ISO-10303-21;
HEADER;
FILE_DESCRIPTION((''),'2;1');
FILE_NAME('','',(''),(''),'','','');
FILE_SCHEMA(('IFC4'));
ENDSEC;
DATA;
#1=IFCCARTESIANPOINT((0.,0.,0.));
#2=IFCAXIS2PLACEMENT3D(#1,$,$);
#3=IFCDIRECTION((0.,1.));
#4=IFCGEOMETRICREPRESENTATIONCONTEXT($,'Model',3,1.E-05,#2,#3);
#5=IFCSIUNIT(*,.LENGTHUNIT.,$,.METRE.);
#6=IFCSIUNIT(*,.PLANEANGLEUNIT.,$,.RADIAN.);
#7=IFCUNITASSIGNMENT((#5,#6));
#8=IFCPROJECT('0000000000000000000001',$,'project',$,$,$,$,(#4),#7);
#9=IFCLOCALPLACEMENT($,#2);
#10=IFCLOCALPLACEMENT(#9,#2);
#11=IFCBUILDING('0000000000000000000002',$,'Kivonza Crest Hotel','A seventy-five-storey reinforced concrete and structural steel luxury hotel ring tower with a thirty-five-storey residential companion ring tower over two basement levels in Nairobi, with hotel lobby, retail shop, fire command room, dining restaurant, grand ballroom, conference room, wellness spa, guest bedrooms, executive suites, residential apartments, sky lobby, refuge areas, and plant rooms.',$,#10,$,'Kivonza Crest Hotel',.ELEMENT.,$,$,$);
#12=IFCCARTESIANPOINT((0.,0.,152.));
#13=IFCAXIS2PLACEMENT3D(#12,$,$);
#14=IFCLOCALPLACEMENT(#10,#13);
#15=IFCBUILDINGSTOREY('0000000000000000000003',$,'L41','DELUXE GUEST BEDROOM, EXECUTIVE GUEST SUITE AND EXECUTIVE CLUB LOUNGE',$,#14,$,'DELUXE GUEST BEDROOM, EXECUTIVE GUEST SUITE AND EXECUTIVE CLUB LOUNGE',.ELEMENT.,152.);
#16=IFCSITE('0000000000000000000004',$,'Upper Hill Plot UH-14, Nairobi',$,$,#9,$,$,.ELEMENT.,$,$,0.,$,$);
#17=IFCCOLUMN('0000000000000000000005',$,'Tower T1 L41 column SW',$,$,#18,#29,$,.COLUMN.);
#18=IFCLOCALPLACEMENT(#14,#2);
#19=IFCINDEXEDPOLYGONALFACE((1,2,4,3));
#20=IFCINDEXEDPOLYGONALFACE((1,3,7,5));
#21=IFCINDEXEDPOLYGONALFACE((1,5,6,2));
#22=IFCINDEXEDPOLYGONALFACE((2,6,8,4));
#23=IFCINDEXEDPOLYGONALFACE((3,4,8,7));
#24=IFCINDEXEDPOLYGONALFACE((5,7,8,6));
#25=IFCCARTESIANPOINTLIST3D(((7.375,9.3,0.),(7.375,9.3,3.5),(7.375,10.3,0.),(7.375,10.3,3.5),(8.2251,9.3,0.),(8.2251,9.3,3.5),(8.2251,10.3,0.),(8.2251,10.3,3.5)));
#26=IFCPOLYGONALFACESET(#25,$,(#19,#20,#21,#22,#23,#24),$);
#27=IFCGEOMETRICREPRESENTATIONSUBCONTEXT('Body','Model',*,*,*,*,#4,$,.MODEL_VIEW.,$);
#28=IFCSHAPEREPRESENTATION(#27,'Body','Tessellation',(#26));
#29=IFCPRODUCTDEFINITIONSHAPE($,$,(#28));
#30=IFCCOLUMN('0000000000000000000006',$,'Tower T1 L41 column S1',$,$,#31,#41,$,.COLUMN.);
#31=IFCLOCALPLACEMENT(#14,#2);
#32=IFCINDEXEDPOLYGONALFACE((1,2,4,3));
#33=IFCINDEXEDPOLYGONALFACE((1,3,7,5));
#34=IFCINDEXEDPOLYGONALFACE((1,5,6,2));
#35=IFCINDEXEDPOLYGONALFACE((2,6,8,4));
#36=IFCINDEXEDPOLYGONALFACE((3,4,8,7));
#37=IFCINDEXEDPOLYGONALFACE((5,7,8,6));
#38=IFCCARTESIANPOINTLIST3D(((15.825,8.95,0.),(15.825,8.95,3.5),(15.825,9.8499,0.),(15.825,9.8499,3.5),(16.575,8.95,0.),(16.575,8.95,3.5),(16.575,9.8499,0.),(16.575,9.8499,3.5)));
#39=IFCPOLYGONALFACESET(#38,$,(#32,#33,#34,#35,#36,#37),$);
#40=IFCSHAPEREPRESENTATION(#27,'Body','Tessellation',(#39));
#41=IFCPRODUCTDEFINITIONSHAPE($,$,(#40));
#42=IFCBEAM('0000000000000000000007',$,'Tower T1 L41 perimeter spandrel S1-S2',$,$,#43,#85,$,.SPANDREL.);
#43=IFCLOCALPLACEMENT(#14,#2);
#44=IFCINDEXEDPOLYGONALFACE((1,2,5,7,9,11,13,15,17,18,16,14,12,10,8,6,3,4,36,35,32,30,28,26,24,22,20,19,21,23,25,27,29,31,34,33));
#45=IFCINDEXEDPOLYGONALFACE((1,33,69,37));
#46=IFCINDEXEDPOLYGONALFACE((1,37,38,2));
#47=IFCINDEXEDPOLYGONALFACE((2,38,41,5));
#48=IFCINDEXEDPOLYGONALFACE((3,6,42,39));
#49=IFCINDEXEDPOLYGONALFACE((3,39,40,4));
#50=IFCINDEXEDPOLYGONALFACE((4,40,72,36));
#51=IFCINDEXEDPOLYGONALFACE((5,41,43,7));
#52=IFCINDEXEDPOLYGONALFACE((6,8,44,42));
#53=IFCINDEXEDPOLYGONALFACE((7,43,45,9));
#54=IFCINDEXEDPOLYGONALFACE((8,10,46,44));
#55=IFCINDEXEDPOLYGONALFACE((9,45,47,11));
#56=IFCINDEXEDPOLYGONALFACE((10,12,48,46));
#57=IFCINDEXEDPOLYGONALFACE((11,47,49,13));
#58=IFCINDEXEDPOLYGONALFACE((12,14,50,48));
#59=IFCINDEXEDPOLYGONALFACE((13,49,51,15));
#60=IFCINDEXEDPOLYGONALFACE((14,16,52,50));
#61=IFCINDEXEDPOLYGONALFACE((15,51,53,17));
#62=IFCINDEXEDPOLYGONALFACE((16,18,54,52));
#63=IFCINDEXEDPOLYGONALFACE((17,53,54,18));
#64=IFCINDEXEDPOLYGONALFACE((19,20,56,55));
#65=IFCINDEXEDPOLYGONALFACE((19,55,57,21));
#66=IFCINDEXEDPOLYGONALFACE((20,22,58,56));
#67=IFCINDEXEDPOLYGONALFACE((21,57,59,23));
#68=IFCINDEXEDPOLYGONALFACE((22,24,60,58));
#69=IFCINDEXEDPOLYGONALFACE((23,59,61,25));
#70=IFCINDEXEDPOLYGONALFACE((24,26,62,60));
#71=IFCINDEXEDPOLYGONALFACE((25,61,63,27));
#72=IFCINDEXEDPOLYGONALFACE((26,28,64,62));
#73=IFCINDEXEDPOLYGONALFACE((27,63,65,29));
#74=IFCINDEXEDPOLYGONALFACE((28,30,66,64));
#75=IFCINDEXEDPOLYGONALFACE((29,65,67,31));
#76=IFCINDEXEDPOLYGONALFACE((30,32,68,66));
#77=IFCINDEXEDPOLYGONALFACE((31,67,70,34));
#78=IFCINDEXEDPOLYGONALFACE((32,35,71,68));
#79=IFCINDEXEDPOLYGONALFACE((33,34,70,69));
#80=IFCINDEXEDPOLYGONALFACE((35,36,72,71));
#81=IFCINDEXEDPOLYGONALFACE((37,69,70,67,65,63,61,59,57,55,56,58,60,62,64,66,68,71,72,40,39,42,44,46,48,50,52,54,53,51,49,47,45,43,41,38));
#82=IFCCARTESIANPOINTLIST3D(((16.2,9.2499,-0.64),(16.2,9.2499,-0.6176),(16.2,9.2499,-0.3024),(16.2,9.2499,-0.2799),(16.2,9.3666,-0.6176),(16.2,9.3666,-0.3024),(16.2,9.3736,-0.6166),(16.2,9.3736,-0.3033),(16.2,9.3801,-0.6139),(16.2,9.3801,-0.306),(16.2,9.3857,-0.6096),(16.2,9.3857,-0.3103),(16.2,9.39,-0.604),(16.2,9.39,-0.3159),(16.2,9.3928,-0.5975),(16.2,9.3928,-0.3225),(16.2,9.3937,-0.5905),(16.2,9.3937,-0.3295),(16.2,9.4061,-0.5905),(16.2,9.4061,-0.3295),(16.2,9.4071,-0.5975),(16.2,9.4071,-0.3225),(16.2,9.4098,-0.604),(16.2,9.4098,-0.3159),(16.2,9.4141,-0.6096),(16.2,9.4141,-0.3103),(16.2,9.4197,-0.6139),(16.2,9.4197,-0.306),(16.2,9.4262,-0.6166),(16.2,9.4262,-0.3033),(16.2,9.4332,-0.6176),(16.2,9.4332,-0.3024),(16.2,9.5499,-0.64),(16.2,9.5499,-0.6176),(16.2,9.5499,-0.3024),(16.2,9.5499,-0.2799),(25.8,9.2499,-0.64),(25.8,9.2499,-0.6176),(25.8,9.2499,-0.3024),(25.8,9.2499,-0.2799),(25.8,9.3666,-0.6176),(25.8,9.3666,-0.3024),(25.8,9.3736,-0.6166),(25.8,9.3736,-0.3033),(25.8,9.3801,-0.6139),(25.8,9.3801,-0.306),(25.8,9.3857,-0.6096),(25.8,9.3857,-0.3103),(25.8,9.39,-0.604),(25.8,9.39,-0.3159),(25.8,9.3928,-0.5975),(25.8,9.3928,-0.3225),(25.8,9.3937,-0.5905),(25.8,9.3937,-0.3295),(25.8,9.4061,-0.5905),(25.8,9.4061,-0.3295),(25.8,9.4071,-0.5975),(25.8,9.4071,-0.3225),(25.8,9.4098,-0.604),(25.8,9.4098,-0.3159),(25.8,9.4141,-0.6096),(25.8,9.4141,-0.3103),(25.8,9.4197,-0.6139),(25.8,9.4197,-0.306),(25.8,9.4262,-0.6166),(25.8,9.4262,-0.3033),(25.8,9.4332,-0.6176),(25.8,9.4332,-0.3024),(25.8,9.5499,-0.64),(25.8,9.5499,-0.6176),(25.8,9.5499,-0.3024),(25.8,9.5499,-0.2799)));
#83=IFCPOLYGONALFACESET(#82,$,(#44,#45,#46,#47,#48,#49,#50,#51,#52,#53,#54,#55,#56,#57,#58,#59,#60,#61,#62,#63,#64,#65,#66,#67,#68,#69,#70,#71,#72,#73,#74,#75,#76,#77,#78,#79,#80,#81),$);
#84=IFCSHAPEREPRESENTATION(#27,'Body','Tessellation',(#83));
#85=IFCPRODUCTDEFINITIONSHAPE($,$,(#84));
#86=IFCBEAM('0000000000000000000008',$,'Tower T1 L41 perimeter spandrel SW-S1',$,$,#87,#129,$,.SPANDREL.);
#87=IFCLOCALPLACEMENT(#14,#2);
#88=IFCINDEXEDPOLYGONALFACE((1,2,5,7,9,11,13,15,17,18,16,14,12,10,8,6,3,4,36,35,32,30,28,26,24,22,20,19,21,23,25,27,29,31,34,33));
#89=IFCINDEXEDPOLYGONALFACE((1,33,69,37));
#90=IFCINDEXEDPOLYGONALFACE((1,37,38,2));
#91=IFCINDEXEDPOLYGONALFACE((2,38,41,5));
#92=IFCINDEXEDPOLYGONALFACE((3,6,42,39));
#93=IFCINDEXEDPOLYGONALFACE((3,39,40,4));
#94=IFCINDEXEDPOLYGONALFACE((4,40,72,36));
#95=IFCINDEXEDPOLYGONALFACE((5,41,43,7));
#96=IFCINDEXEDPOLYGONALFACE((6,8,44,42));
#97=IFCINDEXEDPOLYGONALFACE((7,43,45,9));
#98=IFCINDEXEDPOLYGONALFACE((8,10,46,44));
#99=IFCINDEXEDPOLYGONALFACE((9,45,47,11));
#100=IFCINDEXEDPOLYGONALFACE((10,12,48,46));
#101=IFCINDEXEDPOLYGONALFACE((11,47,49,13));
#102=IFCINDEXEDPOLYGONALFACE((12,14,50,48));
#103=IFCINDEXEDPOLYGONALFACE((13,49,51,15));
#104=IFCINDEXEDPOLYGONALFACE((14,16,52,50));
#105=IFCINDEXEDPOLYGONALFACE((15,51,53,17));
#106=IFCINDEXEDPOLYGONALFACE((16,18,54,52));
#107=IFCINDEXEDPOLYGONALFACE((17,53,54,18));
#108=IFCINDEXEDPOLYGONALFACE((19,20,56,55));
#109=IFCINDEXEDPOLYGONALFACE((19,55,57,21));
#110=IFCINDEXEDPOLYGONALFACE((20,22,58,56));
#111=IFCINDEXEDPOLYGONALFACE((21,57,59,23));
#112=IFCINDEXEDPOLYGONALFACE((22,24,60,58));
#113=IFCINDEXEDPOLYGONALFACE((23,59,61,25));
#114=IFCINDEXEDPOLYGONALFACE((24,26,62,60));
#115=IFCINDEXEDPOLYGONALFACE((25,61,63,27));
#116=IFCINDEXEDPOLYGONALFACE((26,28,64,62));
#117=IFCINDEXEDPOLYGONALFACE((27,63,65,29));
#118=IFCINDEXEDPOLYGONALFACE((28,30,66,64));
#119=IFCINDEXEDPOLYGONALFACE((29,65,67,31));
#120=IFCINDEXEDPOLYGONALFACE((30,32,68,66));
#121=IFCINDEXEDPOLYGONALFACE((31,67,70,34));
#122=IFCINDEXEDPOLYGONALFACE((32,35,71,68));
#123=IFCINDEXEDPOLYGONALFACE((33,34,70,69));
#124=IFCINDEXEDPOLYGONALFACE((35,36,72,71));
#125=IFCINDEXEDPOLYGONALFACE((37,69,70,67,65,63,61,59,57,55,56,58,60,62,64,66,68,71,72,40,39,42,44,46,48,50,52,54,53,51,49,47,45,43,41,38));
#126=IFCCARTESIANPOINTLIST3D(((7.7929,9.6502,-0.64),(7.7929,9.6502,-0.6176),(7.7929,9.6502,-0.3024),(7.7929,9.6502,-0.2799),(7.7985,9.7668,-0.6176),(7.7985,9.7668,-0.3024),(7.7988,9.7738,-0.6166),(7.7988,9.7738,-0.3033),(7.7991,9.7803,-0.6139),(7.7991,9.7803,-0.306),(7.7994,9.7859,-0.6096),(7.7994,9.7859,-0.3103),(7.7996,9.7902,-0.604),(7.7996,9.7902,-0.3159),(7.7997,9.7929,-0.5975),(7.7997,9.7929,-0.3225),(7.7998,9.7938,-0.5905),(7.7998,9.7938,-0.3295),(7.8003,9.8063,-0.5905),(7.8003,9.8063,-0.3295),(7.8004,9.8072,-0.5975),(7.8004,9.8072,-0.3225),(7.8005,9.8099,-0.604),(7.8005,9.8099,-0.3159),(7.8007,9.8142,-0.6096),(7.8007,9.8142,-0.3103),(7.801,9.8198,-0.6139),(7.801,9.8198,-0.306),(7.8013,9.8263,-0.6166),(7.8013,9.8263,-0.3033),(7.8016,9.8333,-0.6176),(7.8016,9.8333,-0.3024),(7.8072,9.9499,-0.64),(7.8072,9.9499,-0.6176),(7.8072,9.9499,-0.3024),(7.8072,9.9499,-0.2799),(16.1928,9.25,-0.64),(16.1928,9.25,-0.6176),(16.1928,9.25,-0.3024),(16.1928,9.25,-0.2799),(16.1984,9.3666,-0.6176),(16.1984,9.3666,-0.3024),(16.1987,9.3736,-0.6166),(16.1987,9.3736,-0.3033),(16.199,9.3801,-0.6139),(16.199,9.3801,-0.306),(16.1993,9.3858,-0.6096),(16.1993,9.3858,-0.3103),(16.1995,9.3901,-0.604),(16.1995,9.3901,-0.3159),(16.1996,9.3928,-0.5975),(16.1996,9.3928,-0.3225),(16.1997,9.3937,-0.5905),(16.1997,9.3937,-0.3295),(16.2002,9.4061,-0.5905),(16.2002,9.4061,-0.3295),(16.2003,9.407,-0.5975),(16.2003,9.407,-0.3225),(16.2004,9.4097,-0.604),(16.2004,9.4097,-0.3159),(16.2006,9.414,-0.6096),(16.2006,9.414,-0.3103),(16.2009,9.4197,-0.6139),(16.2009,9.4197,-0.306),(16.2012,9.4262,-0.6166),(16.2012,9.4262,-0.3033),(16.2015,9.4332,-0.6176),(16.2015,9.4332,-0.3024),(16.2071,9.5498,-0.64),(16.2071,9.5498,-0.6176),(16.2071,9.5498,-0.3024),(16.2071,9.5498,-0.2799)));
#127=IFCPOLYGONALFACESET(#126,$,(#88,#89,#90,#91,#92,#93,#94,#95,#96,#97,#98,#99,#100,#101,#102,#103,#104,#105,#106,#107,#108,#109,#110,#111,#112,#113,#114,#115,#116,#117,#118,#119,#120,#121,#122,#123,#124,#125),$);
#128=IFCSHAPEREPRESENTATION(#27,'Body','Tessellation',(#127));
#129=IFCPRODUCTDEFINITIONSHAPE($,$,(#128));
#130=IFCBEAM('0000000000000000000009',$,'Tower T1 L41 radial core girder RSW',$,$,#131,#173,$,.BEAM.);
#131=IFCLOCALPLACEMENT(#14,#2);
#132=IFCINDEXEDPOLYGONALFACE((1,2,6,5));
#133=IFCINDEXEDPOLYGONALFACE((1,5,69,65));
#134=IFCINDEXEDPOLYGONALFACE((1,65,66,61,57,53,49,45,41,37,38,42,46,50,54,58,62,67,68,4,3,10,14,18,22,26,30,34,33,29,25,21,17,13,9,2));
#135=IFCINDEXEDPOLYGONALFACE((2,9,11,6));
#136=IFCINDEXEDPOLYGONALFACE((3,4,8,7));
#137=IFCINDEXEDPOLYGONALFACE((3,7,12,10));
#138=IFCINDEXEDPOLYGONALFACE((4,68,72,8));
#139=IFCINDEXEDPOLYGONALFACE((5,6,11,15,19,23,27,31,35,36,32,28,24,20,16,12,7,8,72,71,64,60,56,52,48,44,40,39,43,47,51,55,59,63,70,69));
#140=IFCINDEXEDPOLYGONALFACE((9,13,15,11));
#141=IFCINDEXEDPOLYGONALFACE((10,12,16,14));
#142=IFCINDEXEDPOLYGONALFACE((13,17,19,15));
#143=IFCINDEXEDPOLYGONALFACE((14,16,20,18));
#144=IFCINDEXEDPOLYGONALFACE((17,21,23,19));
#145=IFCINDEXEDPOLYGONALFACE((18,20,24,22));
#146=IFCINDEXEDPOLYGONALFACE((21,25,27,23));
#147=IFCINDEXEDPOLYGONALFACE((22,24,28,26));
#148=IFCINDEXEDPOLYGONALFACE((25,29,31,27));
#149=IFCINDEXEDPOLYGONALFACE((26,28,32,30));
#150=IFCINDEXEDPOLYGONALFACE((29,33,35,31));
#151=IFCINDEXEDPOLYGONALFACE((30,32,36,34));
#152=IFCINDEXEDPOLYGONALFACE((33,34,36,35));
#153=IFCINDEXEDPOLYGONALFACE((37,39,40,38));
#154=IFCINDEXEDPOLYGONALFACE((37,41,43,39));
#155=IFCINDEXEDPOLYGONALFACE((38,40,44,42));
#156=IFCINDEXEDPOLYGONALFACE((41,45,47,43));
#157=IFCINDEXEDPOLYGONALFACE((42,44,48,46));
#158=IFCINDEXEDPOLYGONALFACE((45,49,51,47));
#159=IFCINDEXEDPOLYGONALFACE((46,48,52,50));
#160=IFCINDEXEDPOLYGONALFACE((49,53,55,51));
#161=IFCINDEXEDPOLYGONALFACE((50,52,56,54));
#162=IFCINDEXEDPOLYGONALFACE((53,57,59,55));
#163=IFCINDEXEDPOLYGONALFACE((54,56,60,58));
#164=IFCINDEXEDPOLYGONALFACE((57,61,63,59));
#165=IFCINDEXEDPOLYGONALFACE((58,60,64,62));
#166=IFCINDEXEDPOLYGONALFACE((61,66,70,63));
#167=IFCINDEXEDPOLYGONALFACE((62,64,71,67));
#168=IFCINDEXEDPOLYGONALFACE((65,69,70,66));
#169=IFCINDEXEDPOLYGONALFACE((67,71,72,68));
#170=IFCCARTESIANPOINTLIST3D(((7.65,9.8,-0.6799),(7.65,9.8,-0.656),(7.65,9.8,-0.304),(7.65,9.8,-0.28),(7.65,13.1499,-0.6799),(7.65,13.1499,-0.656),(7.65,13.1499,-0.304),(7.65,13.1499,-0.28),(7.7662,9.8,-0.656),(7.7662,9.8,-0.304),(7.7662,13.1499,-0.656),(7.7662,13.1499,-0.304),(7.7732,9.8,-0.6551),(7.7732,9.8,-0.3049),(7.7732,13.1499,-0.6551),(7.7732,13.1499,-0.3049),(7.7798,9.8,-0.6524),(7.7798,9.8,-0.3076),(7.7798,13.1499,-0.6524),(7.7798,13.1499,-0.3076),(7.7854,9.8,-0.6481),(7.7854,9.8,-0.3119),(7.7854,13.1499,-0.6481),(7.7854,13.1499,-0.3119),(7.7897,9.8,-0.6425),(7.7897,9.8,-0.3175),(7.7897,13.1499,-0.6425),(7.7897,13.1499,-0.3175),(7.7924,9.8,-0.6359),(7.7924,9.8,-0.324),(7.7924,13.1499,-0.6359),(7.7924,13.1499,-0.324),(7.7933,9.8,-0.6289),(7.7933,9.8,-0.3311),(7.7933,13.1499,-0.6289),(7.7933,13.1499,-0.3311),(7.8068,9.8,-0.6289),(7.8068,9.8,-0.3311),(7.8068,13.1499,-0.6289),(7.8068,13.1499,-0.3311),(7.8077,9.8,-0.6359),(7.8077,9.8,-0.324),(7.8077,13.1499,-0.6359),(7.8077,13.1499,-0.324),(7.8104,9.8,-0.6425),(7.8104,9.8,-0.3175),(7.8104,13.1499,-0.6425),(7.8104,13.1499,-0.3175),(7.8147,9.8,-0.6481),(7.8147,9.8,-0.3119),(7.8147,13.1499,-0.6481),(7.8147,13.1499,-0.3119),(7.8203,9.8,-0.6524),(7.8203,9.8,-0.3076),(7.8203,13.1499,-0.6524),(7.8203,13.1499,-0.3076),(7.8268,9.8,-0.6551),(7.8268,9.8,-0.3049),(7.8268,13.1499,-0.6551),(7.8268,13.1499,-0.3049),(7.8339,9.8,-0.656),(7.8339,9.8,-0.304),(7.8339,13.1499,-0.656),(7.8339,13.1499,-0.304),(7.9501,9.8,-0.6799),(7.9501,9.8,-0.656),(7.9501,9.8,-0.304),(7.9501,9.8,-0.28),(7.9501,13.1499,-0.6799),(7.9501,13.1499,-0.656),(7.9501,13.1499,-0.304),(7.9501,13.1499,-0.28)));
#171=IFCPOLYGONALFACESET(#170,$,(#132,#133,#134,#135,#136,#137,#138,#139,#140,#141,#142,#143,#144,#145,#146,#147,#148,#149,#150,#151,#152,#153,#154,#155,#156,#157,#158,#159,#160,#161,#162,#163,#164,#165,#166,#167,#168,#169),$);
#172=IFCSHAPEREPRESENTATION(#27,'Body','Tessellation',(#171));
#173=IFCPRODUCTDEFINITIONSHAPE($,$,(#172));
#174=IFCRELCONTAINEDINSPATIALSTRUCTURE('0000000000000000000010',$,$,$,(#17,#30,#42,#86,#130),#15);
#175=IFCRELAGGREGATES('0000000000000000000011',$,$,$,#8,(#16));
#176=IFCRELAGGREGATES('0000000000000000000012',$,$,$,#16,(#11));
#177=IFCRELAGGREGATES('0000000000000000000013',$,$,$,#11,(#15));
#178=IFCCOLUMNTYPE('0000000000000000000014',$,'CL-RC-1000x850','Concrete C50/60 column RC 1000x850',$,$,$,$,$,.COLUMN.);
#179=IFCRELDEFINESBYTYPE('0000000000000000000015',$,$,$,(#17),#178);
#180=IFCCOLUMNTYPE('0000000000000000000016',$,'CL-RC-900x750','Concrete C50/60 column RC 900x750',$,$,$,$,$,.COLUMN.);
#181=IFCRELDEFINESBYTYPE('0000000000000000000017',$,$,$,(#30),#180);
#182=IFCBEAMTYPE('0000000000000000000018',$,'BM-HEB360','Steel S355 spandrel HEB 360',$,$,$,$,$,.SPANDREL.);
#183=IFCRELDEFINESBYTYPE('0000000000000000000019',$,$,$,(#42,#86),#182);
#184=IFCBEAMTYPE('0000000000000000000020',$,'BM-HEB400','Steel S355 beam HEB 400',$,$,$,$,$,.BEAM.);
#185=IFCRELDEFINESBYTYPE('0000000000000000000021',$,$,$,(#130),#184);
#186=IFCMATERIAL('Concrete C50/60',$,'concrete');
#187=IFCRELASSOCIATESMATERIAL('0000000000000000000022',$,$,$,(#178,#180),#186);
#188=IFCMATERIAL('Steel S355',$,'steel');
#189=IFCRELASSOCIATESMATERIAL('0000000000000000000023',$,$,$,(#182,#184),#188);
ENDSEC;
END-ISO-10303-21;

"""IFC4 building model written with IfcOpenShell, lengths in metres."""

from ifc_helpers import new_model, si_unit, direction, frame, origin, origin_2d, place, context, subcontext, project, spatial, rectangle, i_section, extrude, material, material_profile, profile_set, type_object, element, save


model = new_model("IFC4")

# Units and contexts
model_context = context("Model", 3, precision=1e-05, world=origin(), true_north=direction((0.0, 1.0)))
body_context = subcontext(model_context, "Body", "Model", "MODEL_VIEW")
ifc_project = project(units=[si_unit("LENGTHUNIT", "METRE"), si_unit("PLANEANGLEUNIT", "RADIAN")], contexts=[model_context])

# Site, building, storey
site_placement = place(None, origin())
site = spatial("IfcSite", under=ifc_project, at=site_placement, Name="Upper Hill Plot UH-14, Nairobi", CompositionType="ELEMENT", RefElevation=0.0)
building_placement = place(site_placement, origin())
building = spatial("IfcBuilding", under=site, at=building_placement, Name="Kivonza Crest Hotel", Description="A seventy-five-storey reinforced concrete and structural steel luxury hotel ring tower with a thirty-five-storey residential companion ring tower over two basement levels in Nairobi, with hotel lobby, retail shop, fire command room, dining restaurant, grand ballroom, conference room, wellness spa, guest bedrooms, executive suites, residential apartments, sky lobby, refuge areas, and plant rooms.", LongName="Kivonza Crest Hotel", CompositionType="ELEMENT")
storey_placement = place(building_placement, frame((0.0, 0.0, 152.0)))
storey = spatial("IfcBuildingStorey", under=building, at=storey_placement, Name="L41", Description="DELUXE GUEST BEDROOM, EXECUTIVE GUEST SUITE AND EXECUTIVE CLUB LOUNGE", LongName="DELUXE GUEST BEDROOM, EXECUTIVE GUEST SUITE AND EXECUTIVE CLUB LOUNGE", CompositionType="ELEMENT", Elevation=152.0)

# Columns
ifc_material_1 = material(Name="Concrete C50/60", Category="concrete")
ifc_material_profile_1 = material_profile(ifc_material_1, rectangle(XDim=0.8501, YDim=1.0, at=origin_2d()), Name="RC 1000x850")
ifc_profile_set_1 = profile_set([ifc_material_profile_1], Name="Concrete C50/60")
column_type_1 = type_object("IfcColumnType", Name="CL-RC-1000x850", Description="Concrete C50/60 column RC 1000x850", PredefinedType="COLUMN", material=ifc_profile_set_1)
column_1_placement = place(storey_placement, frame((7.8, 9.8, 0.0), z_axis=(0.0, 0.0, 1.0), x_axis=(1.0, 0.0, 0.0)))
element("IfcColumn", 1, at=column_1_placement, inside=storey, type_object=column_type_1, Name="Tower T1 L41 column SW", PredefinedType="COLUMN", context=body_context, shape_type="SweptSolid", body=[
    extrude(rectangle(XDim=0.8501, YDim=1.0, at=origin_2d()), origin(), (0.0, 0.0, 1.0), 3.5),
])
ifc_material_profile_2 = material_profile(ifc_material_1, rectangle(XDim=0.75, YDim=0.8999, at=origin_2d()), Name="RC 900x750")
ifc_profile_set_2 = profile_set([ifc_material_profile_2], Name="Concrete C50/60")
column_type_2 = type_object("IfcColumnType", Name="CL-RC-900x750", Description="Concrete C50/60 column RC 900x750", PredefinedType="COLUMN", material=ifc_profile_set_2)
column_2_placement = place(storey_placement, frame((16.2, 9.3999, 0.0), z_axis=(0.0, 0.0, 1.0), x_axis=(1.0, 0.0, 0.0)))
element("IfcColumn", 2, at=column_2_placement, inside=storey, type_object=column_type_2, Name="Tower T1 L41 column S1", PredefinedType="COLUMN", context=body_context, shape_type="SweptSolid", body=[
    extrude(rectangle(XDim=0.75, YDim=0.8999, at=origin_2d()), origin(), (0.0, 0.0, 1.0), 3.5),
])

# Beams
ifc_material_2 = material(Name="Steel S355", Category="steel")
ifc_material_profile_3 = material_profile(ifc_material_2, i_section(OverallWidth=0.3, OverallDepth=0.3601, WebThickness=0.0125, FlangeThickness=0.0225, FilletRadius=0.0271, at=origin_2d()), Name="HEB 360")
ifc_profile_set_3 = profile_set([ifc_material_profile_3], Name="Steel S355")
beam_type_1 = type_object("IfcBeamType", Name="BM-HEB360", Description="Steel S355 spandrel HEB 360", PredefinedType="SPANDREL", material=ifc_profile_set_3)
beam_1_placement = place(storey_placement, frame((16.2, 9.3999, -0.46), z_axis=(1.0, 0.0, 0.0), x_axis=(0.0, 1.0, 0.0)))
element("IfcBeam", 3, at=beam_1_placement, inside=storey, type_object=beam_type_1, Name="Tower T1 L41 perimeter spandrel S1-S2", PredefinedType="SPANDREL", context=body_context, shape_type="SweptSolid", body=[
    extrude(i_section(OverallWidth=0.3, OverallDepth=0.3601, WebThickness=0.0125, FlangeThickness=0.0225, FilletRadius=0.0271, at=origin_2d()), origin(), (0.0, 0.0, 1.0), 9.6001),
])
beam_2_placement = place(storey_placement, frame((7.8, 9.8, -0.46), z_axis=(0.998867, -0.047583, 0.0), x_axis=(0.047583, 0.998867, 0.0)))
element("IfcBeam", 4, at=beam_2_placement, inside=storey, type_object=beam_type_1, Name="Tower T1 L41 perimeter spandrel SW-S1", PredefinedType="SPANDREL", context=body_context, shape_type="SweptSolid", body=[
    extrude(i_section(OverallWidth=0.3, OverallDepth=0.3601, WebThickness=0.0125, FlangeThickness=0.0225, FilletRadius=0.0271, at=origin_2d()), origin(), (0.0, 0.0, 1.0), 8.4094),
])
ifc_material_profile_4 = material_profile(ifc_material_2, i_section(OverallWidth=0.3, OverallDepth=0.3999, WebThickness=0.0134, FlangeThickness=0.0239, FilletRadius=0.0271, at=origin_2d()), Name="HEB 400")
ifc_profile_set_4 = profile_set([ifc_material_profile_4], Name="Steel S355")
beam_type_2 = type_object("IfcBeamType", Name="BM-HEB400", Description="Steel S355 beam HEB 400", PredefinedType="BEAM", material=ifc_profile_set_4)
beam_3_placement = place(storey_placement, frame((7.8, 9.8, -0.48), z_axis=(0.0, 1.0, 0.0), x_axis=(-1.0, 0.0, 0.0)))
element("IfcBeam", 5, at=beam_3_placement, inside=storey, type_object=beam_type_2, Name="Tower T1 L41 radial core girder RSW", PredefinedType="BEAM", context=body_context, shape_type="SweptSolid", body=[
    extrude(i_section(OverallWidth=0.3, OverallDepth=0.3999, WebThickness=0.0134, FlangeThickness=0.0239, FilletRadius=0.0271, at=origin_2d()), origin(), (0.0, 0.0, 1.0), 3.3499),
])

save(model, "model.ifc")
